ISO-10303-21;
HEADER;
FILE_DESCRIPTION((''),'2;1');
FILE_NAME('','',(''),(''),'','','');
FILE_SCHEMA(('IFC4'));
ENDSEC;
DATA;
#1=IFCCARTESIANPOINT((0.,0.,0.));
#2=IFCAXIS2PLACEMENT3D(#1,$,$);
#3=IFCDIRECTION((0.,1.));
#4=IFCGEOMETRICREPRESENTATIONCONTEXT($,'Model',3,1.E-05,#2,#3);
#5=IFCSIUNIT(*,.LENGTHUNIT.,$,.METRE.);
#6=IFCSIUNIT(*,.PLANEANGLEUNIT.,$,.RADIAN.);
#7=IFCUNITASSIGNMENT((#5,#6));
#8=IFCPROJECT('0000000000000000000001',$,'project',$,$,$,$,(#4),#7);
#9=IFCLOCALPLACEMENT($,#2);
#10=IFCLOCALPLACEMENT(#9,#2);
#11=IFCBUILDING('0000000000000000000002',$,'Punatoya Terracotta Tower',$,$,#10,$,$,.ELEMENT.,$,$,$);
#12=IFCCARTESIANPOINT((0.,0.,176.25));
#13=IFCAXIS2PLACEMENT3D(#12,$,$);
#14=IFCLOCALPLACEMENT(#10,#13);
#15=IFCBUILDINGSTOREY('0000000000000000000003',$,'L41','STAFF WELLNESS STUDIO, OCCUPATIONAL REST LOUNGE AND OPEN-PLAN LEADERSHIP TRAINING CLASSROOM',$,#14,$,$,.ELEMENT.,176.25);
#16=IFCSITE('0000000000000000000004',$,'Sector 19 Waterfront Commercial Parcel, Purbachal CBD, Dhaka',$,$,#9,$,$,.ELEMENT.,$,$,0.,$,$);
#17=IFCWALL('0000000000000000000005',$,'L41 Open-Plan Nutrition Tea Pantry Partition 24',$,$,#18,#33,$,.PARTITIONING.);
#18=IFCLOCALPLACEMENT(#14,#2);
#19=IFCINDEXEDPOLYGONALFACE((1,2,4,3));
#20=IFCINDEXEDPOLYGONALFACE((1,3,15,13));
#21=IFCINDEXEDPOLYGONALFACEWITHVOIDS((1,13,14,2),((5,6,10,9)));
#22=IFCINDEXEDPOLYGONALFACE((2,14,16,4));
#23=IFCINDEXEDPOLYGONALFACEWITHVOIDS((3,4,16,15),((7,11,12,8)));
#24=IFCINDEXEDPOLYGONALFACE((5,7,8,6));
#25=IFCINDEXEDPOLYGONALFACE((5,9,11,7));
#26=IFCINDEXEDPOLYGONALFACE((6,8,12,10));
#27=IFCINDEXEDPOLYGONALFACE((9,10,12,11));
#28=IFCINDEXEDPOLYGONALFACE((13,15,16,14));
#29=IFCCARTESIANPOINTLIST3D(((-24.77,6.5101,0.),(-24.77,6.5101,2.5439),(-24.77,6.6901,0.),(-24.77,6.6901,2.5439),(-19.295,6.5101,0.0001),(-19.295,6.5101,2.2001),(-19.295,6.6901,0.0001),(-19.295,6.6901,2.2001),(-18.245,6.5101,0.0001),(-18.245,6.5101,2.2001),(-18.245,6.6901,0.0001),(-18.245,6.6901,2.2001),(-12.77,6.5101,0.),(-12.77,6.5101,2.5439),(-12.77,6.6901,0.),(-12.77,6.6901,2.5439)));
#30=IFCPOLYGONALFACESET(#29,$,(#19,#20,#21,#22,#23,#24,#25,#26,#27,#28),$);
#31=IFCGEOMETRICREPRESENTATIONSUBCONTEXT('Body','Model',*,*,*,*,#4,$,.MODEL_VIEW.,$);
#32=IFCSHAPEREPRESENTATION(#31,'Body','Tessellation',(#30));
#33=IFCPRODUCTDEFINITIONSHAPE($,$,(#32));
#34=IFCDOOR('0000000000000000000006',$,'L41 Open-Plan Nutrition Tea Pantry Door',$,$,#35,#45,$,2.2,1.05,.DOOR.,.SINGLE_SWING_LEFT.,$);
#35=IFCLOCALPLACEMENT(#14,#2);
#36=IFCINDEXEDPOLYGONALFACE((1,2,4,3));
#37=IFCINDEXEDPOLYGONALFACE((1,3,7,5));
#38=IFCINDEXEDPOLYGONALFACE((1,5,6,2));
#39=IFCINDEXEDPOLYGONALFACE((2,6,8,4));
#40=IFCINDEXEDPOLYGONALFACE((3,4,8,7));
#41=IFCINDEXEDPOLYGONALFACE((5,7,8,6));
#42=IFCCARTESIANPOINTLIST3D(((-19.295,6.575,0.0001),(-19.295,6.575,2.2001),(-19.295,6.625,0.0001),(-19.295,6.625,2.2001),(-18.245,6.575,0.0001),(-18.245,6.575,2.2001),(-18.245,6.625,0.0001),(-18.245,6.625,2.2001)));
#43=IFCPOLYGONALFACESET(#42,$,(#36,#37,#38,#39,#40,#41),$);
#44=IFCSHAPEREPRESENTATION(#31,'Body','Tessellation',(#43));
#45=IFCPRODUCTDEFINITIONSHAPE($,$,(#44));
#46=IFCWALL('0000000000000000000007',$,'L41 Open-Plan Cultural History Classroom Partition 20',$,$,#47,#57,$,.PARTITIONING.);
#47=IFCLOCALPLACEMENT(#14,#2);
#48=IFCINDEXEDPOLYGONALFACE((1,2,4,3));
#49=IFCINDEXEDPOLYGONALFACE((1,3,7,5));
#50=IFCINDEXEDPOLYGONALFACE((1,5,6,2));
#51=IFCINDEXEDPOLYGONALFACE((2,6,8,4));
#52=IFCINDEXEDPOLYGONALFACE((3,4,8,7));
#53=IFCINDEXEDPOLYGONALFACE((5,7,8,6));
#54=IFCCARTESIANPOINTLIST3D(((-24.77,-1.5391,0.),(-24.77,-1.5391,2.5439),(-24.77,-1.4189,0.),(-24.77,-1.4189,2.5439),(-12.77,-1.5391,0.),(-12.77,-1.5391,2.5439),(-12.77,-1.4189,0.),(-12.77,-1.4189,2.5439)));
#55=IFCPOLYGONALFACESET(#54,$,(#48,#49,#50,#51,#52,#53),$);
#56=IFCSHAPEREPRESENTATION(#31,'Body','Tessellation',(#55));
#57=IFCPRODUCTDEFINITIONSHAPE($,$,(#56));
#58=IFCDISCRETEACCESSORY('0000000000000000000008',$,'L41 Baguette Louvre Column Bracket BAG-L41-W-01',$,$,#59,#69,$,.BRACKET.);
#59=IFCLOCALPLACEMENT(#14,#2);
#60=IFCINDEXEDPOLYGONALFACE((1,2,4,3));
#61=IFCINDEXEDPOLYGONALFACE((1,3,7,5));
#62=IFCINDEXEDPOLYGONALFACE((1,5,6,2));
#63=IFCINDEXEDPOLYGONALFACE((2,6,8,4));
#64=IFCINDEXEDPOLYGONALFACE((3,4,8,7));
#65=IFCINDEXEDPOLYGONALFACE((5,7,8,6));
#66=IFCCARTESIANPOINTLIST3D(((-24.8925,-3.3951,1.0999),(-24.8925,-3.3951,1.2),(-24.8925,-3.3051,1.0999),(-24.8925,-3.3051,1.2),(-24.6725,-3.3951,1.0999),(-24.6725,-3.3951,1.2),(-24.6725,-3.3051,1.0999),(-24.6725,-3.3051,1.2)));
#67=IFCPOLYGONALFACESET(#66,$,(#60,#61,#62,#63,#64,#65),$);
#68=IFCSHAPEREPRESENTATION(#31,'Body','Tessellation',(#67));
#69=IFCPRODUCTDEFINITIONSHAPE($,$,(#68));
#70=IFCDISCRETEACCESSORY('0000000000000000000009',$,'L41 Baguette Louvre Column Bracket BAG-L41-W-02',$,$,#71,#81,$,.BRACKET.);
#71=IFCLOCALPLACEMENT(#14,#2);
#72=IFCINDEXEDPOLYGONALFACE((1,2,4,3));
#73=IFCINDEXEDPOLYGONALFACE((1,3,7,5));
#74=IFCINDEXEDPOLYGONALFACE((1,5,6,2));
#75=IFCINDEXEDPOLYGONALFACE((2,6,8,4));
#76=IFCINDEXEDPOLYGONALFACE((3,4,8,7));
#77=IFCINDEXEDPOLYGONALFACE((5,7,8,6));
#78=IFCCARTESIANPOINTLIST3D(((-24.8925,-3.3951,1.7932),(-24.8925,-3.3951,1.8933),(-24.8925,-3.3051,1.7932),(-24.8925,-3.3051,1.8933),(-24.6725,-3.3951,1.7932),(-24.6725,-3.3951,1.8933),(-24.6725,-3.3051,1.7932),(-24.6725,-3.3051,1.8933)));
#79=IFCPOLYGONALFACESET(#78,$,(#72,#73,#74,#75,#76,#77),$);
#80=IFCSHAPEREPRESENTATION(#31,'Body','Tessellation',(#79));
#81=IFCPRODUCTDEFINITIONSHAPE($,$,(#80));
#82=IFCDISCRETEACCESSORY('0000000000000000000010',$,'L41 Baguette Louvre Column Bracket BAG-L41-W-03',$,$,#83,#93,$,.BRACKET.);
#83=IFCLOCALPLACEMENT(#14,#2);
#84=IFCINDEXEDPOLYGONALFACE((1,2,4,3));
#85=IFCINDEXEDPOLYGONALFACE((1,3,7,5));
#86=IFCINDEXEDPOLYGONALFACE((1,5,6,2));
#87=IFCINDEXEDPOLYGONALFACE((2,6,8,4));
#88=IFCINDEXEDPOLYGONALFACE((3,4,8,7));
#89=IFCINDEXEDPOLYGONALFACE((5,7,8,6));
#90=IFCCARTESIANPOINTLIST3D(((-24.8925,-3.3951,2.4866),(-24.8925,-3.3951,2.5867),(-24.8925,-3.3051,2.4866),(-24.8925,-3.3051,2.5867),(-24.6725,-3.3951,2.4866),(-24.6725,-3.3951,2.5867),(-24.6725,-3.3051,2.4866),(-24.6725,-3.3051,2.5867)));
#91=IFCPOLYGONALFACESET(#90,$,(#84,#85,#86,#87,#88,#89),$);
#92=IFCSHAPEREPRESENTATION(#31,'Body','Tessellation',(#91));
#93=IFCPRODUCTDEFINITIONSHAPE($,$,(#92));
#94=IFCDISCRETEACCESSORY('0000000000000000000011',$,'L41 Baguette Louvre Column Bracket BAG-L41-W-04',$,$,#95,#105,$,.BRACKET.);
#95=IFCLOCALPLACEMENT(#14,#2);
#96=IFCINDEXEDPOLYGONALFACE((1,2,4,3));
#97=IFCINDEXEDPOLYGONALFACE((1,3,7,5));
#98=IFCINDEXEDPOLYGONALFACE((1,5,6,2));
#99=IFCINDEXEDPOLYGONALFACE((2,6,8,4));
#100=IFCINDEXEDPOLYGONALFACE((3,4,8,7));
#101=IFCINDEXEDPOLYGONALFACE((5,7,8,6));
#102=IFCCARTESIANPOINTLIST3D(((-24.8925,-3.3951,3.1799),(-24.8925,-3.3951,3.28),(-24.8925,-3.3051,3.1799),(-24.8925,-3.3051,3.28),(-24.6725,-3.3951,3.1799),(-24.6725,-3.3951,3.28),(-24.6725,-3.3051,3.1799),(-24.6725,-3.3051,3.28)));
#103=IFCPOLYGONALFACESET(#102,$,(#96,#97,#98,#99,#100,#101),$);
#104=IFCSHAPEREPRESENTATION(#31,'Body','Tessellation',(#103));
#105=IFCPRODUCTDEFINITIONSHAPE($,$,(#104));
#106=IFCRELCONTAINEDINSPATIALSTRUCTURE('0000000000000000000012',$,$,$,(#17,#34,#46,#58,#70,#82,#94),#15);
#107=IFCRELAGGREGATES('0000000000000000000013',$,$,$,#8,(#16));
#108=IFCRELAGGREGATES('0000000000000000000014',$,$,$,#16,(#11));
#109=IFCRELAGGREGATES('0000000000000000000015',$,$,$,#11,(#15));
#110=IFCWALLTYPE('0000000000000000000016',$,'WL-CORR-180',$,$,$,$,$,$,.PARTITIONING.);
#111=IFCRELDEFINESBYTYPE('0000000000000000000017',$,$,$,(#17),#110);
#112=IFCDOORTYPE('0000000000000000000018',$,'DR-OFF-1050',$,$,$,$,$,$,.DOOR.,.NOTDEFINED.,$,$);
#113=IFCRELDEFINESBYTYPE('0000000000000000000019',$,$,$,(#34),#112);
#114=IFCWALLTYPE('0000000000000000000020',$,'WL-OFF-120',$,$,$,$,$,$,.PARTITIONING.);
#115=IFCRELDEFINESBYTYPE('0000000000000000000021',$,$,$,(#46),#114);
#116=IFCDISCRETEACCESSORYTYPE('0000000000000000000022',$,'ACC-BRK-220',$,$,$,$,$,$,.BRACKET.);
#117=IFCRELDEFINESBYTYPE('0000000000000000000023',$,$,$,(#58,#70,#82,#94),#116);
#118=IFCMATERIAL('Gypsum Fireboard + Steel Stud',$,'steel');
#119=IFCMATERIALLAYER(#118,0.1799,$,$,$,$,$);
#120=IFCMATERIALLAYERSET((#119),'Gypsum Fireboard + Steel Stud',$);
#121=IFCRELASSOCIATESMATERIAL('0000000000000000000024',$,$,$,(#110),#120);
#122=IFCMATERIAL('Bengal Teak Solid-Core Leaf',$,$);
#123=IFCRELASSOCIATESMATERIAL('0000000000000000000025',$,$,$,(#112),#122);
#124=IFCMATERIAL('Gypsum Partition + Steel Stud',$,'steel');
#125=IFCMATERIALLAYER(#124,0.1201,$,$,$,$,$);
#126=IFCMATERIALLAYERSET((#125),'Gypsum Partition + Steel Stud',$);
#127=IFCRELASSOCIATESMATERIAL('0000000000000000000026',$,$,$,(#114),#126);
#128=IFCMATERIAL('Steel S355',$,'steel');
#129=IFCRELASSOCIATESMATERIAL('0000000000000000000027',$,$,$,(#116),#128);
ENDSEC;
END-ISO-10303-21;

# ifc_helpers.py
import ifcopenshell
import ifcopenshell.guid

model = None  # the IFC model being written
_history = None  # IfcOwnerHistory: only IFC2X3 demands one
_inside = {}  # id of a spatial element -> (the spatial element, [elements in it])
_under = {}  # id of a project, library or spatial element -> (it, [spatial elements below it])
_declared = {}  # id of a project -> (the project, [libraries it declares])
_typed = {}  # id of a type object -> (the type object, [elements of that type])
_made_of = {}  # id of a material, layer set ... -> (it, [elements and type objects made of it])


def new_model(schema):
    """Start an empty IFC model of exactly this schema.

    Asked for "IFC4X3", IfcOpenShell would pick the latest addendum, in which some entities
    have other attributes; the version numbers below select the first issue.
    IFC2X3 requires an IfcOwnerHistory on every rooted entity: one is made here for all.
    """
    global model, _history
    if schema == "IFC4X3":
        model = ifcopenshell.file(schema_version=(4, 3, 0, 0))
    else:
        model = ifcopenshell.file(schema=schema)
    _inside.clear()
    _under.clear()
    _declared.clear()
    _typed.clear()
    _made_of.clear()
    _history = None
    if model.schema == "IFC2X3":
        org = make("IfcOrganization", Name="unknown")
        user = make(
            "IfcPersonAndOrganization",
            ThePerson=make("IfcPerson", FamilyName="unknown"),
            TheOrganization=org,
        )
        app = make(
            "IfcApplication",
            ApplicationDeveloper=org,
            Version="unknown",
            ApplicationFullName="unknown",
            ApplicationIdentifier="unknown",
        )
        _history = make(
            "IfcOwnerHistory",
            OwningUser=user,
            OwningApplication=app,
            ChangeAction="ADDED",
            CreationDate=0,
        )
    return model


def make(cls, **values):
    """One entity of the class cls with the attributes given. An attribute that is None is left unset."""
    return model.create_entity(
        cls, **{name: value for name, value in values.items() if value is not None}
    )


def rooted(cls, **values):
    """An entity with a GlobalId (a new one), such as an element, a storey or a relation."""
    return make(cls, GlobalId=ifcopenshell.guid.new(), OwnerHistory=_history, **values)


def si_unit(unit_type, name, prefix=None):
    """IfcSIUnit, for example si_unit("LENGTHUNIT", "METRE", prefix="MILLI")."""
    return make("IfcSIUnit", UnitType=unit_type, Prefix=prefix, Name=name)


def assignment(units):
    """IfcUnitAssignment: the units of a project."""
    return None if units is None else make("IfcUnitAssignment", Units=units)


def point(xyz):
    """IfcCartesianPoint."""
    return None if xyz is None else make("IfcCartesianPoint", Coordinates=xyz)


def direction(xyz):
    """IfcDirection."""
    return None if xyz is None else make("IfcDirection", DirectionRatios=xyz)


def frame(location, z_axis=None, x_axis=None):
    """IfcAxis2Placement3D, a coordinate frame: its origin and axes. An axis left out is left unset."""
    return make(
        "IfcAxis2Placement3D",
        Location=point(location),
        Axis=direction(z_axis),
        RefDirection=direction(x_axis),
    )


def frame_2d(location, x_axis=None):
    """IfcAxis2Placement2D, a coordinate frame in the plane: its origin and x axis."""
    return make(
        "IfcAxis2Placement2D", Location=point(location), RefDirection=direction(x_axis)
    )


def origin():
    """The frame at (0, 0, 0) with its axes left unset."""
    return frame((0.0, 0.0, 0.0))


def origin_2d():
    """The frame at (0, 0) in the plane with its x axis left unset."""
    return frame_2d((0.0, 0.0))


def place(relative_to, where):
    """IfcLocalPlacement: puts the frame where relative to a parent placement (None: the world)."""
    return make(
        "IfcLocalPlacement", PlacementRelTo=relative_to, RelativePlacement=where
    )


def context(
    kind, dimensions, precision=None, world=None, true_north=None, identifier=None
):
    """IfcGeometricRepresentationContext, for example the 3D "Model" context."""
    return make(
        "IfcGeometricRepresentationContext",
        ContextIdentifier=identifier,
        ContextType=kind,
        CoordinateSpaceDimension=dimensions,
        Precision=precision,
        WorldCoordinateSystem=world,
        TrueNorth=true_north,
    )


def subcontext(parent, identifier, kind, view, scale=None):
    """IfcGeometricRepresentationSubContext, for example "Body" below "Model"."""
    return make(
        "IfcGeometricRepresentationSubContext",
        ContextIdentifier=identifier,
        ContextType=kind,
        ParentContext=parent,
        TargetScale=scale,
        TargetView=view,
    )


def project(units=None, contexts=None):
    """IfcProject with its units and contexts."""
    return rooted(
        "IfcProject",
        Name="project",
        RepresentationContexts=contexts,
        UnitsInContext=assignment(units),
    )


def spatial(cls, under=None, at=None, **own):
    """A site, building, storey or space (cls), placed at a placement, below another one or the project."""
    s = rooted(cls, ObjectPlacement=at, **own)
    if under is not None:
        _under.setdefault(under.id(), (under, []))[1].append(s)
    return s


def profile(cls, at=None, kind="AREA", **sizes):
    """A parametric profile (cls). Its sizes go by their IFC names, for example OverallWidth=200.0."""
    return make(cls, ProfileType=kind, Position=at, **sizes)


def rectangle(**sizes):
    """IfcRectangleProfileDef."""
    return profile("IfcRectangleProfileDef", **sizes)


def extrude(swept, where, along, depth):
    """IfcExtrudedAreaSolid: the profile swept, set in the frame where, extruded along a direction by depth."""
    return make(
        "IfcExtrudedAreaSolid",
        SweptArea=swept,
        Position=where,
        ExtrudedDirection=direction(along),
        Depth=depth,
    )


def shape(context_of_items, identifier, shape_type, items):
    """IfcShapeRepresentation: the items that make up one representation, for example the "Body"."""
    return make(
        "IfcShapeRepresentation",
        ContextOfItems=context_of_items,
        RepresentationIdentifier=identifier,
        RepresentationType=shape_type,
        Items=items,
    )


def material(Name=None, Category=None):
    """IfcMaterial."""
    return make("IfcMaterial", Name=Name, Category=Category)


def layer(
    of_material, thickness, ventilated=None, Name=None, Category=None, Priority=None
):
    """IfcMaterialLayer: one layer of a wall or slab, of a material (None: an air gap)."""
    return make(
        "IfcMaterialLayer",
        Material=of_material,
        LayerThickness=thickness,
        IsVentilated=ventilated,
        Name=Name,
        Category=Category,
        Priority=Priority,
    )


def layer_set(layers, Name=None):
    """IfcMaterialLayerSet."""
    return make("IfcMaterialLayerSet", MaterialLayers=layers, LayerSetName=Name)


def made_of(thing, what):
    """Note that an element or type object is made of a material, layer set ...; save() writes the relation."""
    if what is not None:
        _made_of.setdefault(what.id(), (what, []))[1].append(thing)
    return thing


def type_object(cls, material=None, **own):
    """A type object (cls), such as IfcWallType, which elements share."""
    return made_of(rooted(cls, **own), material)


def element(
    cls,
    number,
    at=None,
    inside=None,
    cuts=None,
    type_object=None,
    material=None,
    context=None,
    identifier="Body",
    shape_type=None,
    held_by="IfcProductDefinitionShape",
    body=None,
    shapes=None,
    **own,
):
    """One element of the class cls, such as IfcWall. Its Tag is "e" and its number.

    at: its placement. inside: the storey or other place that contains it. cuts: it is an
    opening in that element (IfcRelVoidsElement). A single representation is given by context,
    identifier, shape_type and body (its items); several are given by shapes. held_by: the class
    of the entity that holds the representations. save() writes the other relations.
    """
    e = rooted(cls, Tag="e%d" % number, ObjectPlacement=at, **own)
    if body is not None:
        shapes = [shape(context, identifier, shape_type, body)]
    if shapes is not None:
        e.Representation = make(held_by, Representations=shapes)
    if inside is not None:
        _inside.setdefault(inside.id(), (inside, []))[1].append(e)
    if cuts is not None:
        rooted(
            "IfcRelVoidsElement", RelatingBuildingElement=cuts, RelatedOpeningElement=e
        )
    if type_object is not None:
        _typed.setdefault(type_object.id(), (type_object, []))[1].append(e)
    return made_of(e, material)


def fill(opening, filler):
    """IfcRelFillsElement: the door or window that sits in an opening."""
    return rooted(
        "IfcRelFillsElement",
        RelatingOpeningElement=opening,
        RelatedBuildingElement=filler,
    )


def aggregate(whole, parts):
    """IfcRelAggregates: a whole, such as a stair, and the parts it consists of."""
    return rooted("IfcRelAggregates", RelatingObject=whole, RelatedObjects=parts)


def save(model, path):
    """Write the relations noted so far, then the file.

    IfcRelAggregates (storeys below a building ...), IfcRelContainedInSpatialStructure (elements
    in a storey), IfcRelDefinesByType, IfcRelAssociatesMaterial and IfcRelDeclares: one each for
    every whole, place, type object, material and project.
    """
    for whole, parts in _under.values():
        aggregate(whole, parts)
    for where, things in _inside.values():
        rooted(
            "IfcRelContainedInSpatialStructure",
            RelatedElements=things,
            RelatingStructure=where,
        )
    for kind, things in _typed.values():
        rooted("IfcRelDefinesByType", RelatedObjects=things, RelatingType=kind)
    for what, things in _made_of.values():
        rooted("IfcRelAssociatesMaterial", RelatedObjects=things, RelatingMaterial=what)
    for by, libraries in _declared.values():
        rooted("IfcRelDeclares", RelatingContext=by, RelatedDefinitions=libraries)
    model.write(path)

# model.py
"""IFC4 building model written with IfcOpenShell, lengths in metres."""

from ifc_helpers import new_model, si_unit, direction, frame, frame_2d, origin, origin_2d, place, context, subcontext, project, spatial, rectangle, extrude, material, layer, layer_set, type_object, element, fill, save


model = new_model("IFC4")

# Units and contexts
model_context = context("Model", 3, precision=1e-05, world=origin(), true_north=direction((0.0, 1.0)))
body_context = subcontext(model_context, "Body", "Model", "MODEL_VIEW")
ifc_project = project(units=[si_unit("LENGTHUNIT", "METRE"), si_unit("PLANEANGLEUNIT", "RADIAN")], contexts=[model_context])

# Site, building, storey
site_placement = place(None, origin())
site = spatial("IfcSite", under=ifc_project, at=site_placement, Name="Sector 19 Waterfront Commercial Parcel, Purbachal CBD, Dhaka", CompositionType="ELEMENT", RefElevation=0.0)
building_placement = place(site_placement, origin())
building = spatial("IfcBuilding", under=site, at=building_placement, Name="Punatoya Terracotta Tower", CompositionType="ELEMENT")
storey_placement = place(building_placement, frame((0.0, 0.0, 176.25)))
storey = spatial("IfcBuildingStorey", under=building, at=storey_placement, Name="L41", Description="STAFF WELLNESS STUDIO, OCCUPATIONAL REST LOUNGE AND OPEN-PLAN LEADERSHIP TRAINING CLASSROOM", CompositionType="ELEMENT", Elevation=176.25)

# Shared definitions
ifc_material_1 = material(Name="Steel S355", Category="steel")

# Wall, opening, door
ifc_material_2 = material(Name="Gypsum Fireboard + Steel Stud", Category="steel")
ifc_layer_1 = layer(ifc_material_2, 0.1799)
ifc_layer_set_1 = layer_set([ifc_layer_1], Name="Gypsum Fireboard + Steel Stud")
wall_type_1 = type_object("IfcWallType", Name="WL-CORR-180", PredefinedType="PARTITIONING", material=ifc_layer_set_1)
wall_1_placement = place(storey_placement, frame((-24.77, 6.6001, 0.0), z_axis=(0.0, 0.0, 1.0), x_axis=(1.0, 0.0, 0.0)))
wall_1 = element("IfcWall", 1, at=wall_1_placement, inside=storey, type_object=wall_type_1, Name="L41 Open-Plan Nutrition Tea Pantry Partition 24", PredefinedType="PARTITIONING", context=body_context, shape_type="SweptSolid", body=[
    extrude(rectangle(XDim=12.0, YDim=0.1799, at=frame_2d((6.0, 0.0))), origin(), (0.0, 0.0, 1.0), 2.5439),
])
opening_placement = place(wall_1_placement, frame((5.4751, 0.0, 0.0)))
opening = element("IfcOpeningElement", 2, at=opening_placement, cuts=wall_1, PredefinedType="OPENING", context=body_context, shape_type="SweptSolid", body=[
    extrude(rectangle(XDim=1.05, YDim=2.2, at=frame_2d((0.5249, 1.1001))), frame((0.0, 0.0999, 0.0), z_axis=(0.0, -1.0, 0.0), x_axis=(1.0, 0.0, 0.0)), (0.0, 0.0, 1.0), 0.2),
])
ifc_material_3 = material(Name="Bengal Teak Solid-Core Leaf")
door_type = type_object("IfcDoorType", Name="DR-OFF-1050", OperationType="NOTDEFINED", PredefinedType="DOOR", material=ifc_material_3)
door_placement = place(opening_placement, origin())
door = element("IfcDoor", 3, at=door_placement, inside=storey, type_object=door_type, Name="L41 Open-Plan Nutrition Tea Pantry Door", OperationType="SINGLE_SWING_LEFT", OverallHeight=2.2, OverallWidth=1.05, PredefinedType="DOOR", context=body_context, shape_type="SweptSolid", body=[
    extrude(rectangle(XDim=1.05, YDim=2.2, at=frame_2d((0.5249, 1.1001))), frame((0.0, 0.0249, 0.0), z_axis=(0.0, -1.0, 0.0), x_axis=(1.0, 0.0, 0.0)), (0.0, 0.0, 1.0), 0.05),
])
fill(opening, door)

# Wall
ifc_material_4 = material(Name="Gypsum Partition + Steel Stud", Category="steel")
ifc_layer_2 = layer(ifc_material_4, 0.1201)
ifc_layer_set_2 = layer_set([ifc_layer_2], Name="Gypsum Partition + Steel Stud")
wall_type_2 = type_object("IfcWallType", Name="WL-OFF-120", PredefinedType="PARTITIONING", material=ifc_layer_set_2)
wall_2_placement = place(storey_placement, frame((-24.77, -1.479, 0.0), z_axis=(0.0, 0.0, 1.0), x_axis=(1.0, 0.0, 0.0)))
element("IfcWall", 4, at=wall_2_placement, inside=storey, type_object=wall_type_2, Name="L41 Open-Plan Cultural History Classroom Partition 20", PredefinedType="PARTITIONING", context=body_context, shape_type="SweptSolid", body=[
    extrude(rectangle(XDim=12.0, YDim=0.1201, at=frame_2d((6.0, 0.0))), origin(), (0.0, 0.0, 1.0), 2.5439),
])

# Discrete accessories
discrete_accessory_type = type_object("IfcDiscreteAccessoryType", Name="ACC-BRK-220", PredefinedType="BRACKET", material=ifc_material_1)
for number, where, z_axis, x_axis, name in (
    (5, (-24.7825, -3.3501, 1.0999), (0.0, 0.0, 1.0), (0.0, 1.0, 0.0), "L41 Baguette Louvre Column Bracket BAG-L41-W-01"),
    (6, (-24.7825, -3.3501, 1.7932), (0.0, 0.0, 1.0), (0.0, 1.0, 0.0), "L41 Baguette Louvre Column Bracket BAG-L41-W-02"),
    (7, (-24.7825, -3.3501, 2.4866), (0.0, 0.0, 1.0), (0.0, 1.0, 0.0), "L41 Baguette Louvre Column Bracket BAG-L41-W-03"),
    (8, (-24.7825, -3.3501, 3.1799), (0.0, 0.0, 1.0), (0.0, 1.0, 0.0), "L41 Baguette Louvre Column Bracket BAG-L41-W-04"),
):
    element("IfcDiscreteAccessory", number, at=place(storey_placement, frame(where, z_axis=z_axis, x_axis=x_axis)), inside=storey, type_object=discrete_accessory_type, Name=name, PredefinedType="BRACKET", context=body_context, shape_type="SweptSolid", body=[
        extrude(rectangle(XDim=0.0901, YDim=0.22, at=origin_2d()), origin(), (0.0, 0.0, 1.0), 0.1001),
    ])

save(model, "model.ifc")
